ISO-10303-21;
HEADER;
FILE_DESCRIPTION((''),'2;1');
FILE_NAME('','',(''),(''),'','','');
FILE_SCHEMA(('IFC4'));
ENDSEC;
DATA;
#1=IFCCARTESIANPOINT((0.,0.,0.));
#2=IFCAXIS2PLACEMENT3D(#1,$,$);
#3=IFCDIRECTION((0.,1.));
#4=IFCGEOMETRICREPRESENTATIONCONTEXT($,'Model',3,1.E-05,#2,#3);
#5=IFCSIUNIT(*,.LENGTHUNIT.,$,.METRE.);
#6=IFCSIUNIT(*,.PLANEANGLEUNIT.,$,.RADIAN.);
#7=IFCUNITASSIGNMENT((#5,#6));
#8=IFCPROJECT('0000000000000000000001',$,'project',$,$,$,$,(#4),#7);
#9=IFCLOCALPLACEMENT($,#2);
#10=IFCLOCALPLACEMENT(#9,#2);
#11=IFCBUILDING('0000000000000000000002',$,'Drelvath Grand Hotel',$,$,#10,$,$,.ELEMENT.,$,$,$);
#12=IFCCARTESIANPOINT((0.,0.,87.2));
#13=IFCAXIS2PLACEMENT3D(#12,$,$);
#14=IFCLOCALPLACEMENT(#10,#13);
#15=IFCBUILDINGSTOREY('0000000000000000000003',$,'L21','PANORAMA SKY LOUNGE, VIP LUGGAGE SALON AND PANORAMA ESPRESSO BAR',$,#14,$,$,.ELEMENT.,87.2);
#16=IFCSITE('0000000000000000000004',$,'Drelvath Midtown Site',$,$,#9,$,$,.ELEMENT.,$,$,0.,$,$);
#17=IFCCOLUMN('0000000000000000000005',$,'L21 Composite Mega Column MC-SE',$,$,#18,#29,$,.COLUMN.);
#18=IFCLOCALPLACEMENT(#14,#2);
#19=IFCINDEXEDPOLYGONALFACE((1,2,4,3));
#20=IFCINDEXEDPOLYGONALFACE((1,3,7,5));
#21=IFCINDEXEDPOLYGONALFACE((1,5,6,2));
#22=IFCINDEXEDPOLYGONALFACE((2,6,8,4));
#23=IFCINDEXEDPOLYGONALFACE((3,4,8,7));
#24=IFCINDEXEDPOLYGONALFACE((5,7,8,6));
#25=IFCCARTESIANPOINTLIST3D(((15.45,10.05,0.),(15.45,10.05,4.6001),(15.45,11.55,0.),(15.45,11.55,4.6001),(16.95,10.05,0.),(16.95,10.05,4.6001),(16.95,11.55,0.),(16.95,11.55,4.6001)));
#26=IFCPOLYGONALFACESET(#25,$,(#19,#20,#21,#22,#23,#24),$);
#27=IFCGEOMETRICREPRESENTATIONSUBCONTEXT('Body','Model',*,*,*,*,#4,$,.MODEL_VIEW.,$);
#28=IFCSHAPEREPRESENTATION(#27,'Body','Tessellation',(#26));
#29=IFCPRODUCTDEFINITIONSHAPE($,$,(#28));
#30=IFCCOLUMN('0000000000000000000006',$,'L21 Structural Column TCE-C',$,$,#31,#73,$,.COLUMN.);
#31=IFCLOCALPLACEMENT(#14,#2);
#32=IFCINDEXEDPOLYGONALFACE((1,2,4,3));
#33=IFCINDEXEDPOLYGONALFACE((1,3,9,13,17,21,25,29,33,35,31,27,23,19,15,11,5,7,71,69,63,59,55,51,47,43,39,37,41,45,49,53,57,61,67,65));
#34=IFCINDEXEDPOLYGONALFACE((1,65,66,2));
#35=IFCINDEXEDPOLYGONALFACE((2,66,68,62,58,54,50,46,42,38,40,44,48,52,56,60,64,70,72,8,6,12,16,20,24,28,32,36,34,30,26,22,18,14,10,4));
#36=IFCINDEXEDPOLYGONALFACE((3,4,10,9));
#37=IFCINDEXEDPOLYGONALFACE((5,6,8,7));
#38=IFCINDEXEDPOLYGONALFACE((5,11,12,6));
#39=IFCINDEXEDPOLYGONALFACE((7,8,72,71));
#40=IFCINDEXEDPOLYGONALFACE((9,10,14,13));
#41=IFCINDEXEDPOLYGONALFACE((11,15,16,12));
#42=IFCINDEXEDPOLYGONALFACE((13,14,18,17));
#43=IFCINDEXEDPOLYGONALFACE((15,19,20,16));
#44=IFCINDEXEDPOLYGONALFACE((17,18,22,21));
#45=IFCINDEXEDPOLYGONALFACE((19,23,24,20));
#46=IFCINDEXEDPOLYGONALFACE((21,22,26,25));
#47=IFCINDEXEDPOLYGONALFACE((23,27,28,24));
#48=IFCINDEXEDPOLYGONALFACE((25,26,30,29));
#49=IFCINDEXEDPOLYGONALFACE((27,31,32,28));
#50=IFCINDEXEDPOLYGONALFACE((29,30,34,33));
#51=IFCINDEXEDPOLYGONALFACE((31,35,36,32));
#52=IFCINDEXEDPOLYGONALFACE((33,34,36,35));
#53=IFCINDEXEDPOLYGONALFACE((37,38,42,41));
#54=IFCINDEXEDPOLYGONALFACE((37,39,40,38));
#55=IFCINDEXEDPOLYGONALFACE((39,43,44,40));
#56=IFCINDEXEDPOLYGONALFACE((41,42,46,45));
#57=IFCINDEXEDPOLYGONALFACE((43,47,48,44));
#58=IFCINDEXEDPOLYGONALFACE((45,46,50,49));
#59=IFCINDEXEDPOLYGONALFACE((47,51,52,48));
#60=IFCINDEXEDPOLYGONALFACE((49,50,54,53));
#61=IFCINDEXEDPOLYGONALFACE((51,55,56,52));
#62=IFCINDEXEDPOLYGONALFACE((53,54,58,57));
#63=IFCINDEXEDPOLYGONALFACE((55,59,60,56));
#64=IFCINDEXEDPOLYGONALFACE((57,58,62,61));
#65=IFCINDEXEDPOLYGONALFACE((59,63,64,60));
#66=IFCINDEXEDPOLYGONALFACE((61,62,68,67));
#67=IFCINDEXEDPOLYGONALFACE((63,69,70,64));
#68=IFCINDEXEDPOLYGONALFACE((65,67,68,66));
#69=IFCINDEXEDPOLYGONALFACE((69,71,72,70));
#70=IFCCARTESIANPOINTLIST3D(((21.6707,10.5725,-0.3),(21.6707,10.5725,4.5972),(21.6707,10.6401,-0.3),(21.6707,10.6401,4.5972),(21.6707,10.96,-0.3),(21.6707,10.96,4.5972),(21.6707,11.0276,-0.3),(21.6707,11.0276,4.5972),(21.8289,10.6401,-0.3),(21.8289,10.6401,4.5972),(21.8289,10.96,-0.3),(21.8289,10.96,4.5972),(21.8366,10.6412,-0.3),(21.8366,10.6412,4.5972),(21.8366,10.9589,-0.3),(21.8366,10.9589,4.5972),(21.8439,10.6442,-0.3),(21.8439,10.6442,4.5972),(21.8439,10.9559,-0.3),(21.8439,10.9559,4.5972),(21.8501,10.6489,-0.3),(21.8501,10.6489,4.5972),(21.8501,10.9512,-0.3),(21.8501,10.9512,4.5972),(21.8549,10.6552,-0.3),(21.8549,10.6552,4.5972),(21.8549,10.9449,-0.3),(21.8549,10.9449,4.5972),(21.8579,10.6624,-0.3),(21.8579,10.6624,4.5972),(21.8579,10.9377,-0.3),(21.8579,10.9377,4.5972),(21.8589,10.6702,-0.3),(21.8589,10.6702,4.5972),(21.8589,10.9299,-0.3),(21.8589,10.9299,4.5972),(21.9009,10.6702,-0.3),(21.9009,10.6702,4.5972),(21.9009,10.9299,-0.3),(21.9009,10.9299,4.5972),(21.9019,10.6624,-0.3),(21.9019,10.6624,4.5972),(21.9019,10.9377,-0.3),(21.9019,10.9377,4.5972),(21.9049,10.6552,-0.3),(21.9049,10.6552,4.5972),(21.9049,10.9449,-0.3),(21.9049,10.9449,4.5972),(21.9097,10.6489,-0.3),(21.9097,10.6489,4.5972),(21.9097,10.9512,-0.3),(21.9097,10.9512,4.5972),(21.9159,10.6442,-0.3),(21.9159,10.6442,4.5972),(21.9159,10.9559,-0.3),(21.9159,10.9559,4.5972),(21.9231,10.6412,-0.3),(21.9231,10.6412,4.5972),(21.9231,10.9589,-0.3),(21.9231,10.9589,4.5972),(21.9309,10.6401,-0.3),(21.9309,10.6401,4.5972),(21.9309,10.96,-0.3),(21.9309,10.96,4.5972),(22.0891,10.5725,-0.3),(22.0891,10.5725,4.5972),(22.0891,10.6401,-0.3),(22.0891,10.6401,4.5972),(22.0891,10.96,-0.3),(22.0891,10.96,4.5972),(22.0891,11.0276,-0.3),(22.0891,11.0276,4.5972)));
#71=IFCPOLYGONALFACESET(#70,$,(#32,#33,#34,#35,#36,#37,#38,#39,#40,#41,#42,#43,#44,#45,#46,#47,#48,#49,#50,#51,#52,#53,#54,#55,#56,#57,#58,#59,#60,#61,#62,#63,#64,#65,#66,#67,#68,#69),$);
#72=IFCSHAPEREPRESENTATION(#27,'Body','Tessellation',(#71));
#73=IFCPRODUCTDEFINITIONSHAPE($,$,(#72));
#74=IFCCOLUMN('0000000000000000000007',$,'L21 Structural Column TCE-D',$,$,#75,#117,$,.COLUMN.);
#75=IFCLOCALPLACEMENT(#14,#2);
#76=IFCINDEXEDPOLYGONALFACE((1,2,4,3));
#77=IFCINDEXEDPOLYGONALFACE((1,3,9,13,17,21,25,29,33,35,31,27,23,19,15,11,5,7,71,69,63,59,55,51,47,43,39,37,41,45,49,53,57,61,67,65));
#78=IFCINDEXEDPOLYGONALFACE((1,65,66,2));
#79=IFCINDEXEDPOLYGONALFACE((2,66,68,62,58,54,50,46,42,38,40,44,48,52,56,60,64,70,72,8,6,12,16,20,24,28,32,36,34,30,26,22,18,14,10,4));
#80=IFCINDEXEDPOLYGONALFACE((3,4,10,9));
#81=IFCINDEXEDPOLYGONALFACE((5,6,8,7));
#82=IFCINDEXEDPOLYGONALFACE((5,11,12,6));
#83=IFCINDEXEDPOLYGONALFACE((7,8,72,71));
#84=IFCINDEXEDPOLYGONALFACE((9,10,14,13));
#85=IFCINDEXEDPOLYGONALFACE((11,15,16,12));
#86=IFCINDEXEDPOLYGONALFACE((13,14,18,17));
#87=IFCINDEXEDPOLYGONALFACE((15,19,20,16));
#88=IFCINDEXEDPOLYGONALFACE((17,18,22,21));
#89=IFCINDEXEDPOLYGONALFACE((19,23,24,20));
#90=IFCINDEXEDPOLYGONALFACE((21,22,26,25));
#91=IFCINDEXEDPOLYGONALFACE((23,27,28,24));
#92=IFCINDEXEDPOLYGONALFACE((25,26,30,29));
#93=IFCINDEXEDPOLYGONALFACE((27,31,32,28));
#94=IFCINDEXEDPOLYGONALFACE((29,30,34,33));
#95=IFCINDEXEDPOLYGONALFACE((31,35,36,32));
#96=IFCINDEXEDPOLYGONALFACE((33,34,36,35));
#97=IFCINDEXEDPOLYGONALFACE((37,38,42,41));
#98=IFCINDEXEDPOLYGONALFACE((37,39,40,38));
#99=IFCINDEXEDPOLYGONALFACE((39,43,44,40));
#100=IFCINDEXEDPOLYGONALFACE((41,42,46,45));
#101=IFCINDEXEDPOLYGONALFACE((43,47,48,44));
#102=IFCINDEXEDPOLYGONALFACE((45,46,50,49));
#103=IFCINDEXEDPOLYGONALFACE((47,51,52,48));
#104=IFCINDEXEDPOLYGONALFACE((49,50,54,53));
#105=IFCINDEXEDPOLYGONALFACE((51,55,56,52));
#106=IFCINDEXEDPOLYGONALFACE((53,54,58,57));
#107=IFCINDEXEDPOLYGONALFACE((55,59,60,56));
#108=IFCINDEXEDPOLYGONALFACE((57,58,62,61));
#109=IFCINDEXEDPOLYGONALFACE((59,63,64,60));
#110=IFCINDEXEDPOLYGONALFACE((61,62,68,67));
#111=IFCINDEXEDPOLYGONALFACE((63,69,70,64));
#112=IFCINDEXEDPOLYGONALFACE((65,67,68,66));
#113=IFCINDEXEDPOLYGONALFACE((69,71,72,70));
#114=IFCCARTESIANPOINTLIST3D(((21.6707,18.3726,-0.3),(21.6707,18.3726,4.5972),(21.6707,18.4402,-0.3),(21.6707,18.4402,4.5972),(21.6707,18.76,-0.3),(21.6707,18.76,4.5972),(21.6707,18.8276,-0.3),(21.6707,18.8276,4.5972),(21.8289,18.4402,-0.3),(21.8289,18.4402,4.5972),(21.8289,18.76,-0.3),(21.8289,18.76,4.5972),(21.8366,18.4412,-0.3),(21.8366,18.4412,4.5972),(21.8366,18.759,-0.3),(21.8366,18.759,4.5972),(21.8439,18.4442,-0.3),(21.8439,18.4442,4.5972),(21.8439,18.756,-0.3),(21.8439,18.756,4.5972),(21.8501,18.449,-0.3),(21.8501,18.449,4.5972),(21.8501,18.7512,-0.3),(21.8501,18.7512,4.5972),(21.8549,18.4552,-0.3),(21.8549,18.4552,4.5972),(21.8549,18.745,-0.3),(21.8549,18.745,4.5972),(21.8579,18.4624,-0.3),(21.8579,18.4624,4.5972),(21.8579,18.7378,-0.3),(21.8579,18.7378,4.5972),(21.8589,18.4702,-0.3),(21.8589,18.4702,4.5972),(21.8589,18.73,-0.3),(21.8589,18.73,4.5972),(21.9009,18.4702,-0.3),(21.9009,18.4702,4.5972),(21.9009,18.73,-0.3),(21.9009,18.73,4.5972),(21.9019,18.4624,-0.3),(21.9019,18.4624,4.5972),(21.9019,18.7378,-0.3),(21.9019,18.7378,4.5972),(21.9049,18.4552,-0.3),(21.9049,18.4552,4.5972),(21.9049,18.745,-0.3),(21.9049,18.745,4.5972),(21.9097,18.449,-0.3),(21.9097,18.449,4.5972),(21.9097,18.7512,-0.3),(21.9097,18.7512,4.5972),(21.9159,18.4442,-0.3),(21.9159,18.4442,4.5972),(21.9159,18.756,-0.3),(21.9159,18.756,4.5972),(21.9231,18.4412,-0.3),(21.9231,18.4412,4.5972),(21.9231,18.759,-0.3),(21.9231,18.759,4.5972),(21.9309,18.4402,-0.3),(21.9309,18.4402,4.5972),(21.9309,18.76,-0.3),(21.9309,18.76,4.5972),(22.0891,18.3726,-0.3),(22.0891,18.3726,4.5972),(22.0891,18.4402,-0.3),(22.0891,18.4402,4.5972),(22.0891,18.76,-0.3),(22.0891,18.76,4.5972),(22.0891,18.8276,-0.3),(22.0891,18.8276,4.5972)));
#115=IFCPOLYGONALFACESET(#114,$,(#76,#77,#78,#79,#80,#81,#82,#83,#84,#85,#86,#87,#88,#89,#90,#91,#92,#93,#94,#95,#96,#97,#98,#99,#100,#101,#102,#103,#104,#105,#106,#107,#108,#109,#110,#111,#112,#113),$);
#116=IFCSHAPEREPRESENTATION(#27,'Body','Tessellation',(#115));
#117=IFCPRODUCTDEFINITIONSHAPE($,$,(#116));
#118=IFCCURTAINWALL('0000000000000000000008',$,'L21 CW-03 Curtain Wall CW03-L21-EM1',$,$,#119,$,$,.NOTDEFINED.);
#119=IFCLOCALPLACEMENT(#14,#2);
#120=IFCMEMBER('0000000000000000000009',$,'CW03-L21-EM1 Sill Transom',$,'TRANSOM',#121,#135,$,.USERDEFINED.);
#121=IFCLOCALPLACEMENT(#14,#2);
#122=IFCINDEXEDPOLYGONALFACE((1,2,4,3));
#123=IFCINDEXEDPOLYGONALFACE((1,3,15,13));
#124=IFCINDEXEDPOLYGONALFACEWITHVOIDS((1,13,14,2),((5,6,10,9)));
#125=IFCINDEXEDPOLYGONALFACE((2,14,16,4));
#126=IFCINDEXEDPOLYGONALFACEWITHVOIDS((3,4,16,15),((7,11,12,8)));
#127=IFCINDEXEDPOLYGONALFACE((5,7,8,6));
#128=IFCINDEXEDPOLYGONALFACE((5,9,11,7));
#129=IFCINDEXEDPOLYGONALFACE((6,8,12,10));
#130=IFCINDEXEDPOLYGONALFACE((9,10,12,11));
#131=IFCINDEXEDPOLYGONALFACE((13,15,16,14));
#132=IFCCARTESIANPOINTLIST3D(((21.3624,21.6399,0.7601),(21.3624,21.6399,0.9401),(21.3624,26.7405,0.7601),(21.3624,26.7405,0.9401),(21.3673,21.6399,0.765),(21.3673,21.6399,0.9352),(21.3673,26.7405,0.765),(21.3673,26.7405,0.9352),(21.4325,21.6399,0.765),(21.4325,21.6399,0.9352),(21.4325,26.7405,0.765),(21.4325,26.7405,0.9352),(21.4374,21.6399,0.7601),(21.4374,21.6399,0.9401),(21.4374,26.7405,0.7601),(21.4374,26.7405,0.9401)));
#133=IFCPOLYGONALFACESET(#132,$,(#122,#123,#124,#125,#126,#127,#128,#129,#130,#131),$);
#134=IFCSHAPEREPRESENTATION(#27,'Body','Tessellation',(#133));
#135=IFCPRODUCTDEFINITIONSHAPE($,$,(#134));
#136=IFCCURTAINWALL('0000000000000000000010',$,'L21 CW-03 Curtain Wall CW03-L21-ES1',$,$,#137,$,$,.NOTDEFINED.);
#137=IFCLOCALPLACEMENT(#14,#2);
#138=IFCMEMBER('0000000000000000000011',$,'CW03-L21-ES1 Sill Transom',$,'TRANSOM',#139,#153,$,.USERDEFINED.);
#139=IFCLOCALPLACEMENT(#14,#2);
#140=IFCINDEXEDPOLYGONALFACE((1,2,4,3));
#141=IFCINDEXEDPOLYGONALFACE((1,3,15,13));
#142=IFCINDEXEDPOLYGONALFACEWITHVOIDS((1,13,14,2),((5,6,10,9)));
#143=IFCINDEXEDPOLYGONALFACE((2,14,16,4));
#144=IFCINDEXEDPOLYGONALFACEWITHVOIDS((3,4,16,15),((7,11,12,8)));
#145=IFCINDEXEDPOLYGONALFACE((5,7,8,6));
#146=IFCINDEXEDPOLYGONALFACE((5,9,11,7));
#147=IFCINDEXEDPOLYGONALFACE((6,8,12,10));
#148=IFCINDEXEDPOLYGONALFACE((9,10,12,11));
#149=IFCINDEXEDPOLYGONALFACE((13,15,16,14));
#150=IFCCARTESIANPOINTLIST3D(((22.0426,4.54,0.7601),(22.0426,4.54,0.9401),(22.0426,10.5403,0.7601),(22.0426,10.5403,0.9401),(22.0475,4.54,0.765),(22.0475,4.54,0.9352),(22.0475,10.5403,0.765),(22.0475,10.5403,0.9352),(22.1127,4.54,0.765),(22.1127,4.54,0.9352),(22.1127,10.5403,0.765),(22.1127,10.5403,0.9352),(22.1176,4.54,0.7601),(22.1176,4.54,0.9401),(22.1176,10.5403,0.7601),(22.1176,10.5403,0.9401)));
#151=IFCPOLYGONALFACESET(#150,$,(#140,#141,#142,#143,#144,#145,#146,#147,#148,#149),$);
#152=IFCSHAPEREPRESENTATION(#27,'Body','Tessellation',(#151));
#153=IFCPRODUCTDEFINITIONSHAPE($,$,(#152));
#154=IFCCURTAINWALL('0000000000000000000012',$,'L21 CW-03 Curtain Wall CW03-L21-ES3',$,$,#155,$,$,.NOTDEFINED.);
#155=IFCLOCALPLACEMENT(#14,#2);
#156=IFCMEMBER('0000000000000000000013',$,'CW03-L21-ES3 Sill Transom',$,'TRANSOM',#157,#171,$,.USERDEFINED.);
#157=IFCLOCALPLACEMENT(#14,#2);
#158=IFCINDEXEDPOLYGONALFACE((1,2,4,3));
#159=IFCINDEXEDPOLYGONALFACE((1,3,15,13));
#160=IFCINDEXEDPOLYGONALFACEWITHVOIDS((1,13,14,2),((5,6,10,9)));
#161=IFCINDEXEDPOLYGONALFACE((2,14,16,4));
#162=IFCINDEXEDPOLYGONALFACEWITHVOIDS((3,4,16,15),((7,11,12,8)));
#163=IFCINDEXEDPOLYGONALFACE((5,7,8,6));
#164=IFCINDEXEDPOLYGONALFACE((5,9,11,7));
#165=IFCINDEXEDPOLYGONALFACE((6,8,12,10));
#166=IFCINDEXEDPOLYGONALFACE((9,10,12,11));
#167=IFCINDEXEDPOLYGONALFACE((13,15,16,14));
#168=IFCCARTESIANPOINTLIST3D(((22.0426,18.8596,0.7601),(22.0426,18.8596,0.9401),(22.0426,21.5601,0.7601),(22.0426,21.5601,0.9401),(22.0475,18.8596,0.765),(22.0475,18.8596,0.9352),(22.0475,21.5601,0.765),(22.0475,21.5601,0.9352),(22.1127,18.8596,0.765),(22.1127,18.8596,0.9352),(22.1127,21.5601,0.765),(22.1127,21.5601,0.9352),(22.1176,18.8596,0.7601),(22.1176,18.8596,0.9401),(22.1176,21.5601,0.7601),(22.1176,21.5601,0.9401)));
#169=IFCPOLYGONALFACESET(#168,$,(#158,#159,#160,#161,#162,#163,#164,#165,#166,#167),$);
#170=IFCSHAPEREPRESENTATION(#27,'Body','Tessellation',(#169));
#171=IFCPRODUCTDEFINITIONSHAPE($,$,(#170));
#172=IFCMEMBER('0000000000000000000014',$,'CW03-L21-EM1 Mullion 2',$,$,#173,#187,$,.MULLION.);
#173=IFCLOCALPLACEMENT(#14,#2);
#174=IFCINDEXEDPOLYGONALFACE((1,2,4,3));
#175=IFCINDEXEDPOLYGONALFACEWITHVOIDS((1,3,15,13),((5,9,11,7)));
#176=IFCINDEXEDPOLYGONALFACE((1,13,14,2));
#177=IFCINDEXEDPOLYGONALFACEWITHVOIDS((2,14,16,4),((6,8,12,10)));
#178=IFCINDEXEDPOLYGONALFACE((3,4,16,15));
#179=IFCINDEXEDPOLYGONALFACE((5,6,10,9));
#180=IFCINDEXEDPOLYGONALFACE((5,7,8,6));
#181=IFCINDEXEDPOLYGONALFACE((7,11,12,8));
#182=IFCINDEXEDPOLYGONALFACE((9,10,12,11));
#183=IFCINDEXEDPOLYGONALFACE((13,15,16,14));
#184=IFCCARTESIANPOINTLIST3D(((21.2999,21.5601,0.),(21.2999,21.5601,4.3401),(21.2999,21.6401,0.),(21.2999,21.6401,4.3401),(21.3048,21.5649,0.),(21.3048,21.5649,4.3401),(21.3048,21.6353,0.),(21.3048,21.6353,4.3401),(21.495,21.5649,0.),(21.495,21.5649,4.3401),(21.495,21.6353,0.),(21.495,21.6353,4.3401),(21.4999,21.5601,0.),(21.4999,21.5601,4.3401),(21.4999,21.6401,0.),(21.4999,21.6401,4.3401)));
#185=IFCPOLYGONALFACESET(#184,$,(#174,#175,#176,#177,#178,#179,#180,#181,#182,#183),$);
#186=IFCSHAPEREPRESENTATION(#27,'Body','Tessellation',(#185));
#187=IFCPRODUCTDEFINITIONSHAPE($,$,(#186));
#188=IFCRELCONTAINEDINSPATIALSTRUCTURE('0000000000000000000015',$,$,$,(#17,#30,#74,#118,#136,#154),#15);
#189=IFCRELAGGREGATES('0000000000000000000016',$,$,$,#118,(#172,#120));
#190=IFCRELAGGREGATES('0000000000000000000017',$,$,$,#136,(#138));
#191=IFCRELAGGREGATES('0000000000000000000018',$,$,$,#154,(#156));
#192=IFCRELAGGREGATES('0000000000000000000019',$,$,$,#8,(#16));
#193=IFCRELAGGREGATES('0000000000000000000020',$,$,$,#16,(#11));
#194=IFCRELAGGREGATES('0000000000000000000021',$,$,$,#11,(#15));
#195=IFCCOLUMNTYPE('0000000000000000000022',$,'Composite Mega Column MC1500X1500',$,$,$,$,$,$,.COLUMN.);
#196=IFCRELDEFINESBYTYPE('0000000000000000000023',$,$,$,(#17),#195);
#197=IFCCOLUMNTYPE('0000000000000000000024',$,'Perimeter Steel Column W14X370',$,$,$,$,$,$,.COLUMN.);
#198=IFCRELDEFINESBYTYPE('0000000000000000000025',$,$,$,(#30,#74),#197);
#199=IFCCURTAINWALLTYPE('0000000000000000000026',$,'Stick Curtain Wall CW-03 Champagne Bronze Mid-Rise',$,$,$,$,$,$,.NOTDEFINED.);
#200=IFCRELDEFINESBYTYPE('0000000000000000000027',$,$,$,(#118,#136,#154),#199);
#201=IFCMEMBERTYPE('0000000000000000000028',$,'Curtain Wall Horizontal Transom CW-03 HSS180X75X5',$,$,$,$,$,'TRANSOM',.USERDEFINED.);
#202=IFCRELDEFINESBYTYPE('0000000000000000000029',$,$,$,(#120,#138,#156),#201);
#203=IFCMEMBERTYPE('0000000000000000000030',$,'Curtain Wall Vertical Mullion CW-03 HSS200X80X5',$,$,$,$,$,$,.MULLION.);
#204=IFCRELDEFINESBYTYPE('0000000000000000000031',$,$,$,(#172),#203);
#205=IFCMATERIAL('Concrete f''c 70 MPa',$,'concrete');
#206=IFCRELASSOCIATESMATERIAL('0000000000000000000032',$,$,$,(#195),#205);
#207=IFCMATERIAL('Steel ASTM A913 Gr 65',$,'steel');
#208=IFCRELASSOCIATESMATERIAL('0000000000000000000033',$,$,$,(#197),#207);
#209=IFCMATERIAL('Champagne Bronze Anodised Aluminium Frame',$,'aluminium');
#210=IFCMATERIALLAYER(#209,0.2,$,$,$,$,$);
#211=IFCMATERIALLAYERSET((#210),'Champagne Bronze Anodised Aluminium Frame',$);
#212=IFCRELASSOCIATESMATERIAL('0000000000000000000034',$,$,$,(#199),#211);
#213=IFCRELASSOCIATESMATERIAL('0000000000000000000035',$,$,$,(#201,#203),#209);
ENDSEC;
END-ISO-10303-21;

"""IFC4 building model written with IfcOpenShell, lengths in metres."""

from ifc_helpers import new_model, si_unit, direction, frame, origin, origin_2d, place, context, subcontext, project, spatial, rectangle, hollow_rectangle, i_section, extrude, material, layer, layer_set, material_profile, profile_set, type_object, element, aggregate, save


model = new_model("IFC4")

# Units and contexts
model_context = context("Model", 3, precision=1e-05, world=origin(), true_north=direction((0.0, 1.0)))
body_context = subcontext(model_context, "Body", "Model", "MODEL_VIEW")
ifc_project = project(units=[si_unit("LENGTHUNIT", "METRE"), si_unit("PLANEANGLEUNIT", "RADIAN")], contexts=[model_context])

# Site, building, storey
site_placement = place(None, origin())
site = spatial("IfcSite", under=ifc_project, at=site_placement, Name="Drelvath Midtown Site", CompositionType="ELEMENT", RefElevation=0.0)
building_placement = place(site_placement, origin())
building = spatial("IfcBuilding", under=site, at=building_placement, Name="Drelvath Grand Hotel", CompositionType="ELEMENT")
storey_placement = place(building_placement, frame((0.0, 0.0, 87.2)))
storey = spatial("IfcBuildingStorey", under=building, at=storey_placement, Name="L21", Description="PANORAMA SKY LOUNGE, VIP LUGGAGE SALON AND PANORAMA ESPRESSO BAR", CompositionType="ELEMENT", Elevation=87.2)

# Columns
ifc_material_1 = material(Name="Concrete f'c 70 MPa", Category="concrete")
ifc_material_profile_1 = material_profile(ifc_material_1, rectangle(XDim=1.5, YDim=1.5, at=origin_2d()), Name="MC1500X1500")
ifc_profile_set_1 = profile_set([ifc_material_profile_1], Name="Concrete f'c 70 MPa")
column_type_1 = type_object("IfcColumnType", Name="Composite Mega Column MC1500X1500", PredefinedType="COLUMN", material=ifc_profile_set_1)
column_placement = place(storey_placement, frame((16.2, 10.8, 0.0), z_axis=(0.0, 0.0, 1.0), x_axis=(1.0, 0.0, 0.0)))
element("IfcColumn", 1, at=column_placement, inside=storey, type_object=column_type_1, Name="L21 Composite Mega Column MC-SE", PredefinedType="COLUMN", context=body_context, shape_type="SweptSolid", body=[
    extrude(rectangle(XDim=1.5, YDim=1.5, at=origin_2d()), origin(), (0.0, 0.0, 1.0), 4.6001),
])
ifc_material_2 = material(Name="Steel ASTM A913 Gr 65", Category="steel")
ifc_material_profile_2 = material_profile(ifc_material_2, i_section(OverallWidth=0.4185, OverallDepth=0.4551, WebThickness=0.042, FlangeThickness=0.0676, FilletRadius=0.03, at=origin_2d()), Name="W14X370")
ifc_profile_set_2 = profile_set([ifc_material_profile_2], Name="Steel ASTM A913 Gr 65")
column_type_2 = type_object("IfcColumnType", Name="Perimeter Steel Column W14X370", PredefinedType="COLUMN", material=ifc_profile_set_2)
for number, where, z_axis, x_axis, name in (
    (2, (21.8799, 10.8, -0.3), (0.0, 0.0, 1.0), (1.0, 0.0, 0.0), "L21 Structural Column TCE-C"),
    (3, (21.8799, 18.6001, -0.3), (0.0, 0.0, 1.0), (1.0, 0.0, 0.0), "L21 Structural Column TCE-D"),
):
    element("IfcColumn", number, at=place(storey_placement, frame(where, z_axis=z_axis, x_axis=x_axis)), inside=storey, type_object=column_type_2, Name=name, PredefinedType="COLUMN", context=body_context, shape_type="SweptSolid", body=[
        extrude(i_section(OverallWidth=0.4185, OverallDepth=0.4551, WebThickness=0.042, FlangeThickness=0.0676, FilletRadius=0.03, at=origin_2d()), origin(), (0.0, 0.0, 1.0), 4.8972),
    ])

# Curtain walls, members
ifc_material_3 = material(Name="Champagne Bronze Anodised Aluminium Frame", Category="aluminium")
ifc_layer_1 = layer(ifc_material_3, 0.2)
ifc_layer_set_1 = layer_set([ifc_layer_1], Name="Champagne Bronze Anodised Aluminium Frame")
curtain_wall_type = type_object("IfcCurtainWallType", Name="Stick Curtain Wall CW-03 Champagne Bronze Mid-Rise", PredefinedType="NOTDEFINED", material=ifc_layer_set_1)
curtain_wall_1_placement = place(storey_placement, origin())
curtain_wall_1 = element("IfcCurtainWall", 4, at=curtain_wall_1_placement, inside=storey, type_object=curtain_wall_type, Name="L21 CW-03 Curtain Wall CW03-L21-EM1", PredefinedType="NOTDEFINED")
ifc_material_profile_3 = material_profile(ifc_material_3, hollow_rectangle(XDim=0.075, YDim=0.1799, WallThickness=0.0049, at=origin_2d()), Name="HSS180X75X5")
ifc_profile_set_3 = profile_set([ifc_material_profile_3], Name="Champagne Bronze Anodised Aluminium Frame")
member_type_1 = type_object("IfcMemberType", Name="Curtain Wall Horizontal Transom CW-03 HSS180X75X5", ElementType="TRANSOM", PredefinedType="USERDEFINED", material=ifc_profile_set_3)
member_1_placement = place(storey_placement, frame((21.3999, 26.7405, 0.8501), z_axis=(0.0, -1.0, 0.0), x_axis=(1.0, 0.0, 0.0)))
member_1 = element("IfcMember", 5, at=member_1_placement, type_object=member_type_1, Name="CW03-L21-EM1 Sill Transom", ObjectType="TRANSOM", PredefinedType="USERDEFINED", context=body_context, shape_type="SweptSolid", body=[
    extrude(hollow_rectangle(XDim=0.075, YDim=0.1799, WallThickness=0.0049, at=origin_2d()), origin(), (0.0, 0.0, 1.0), 5.1006),
])
curtain_wall_2_placement = place(storey_placement, origin())
curtain_wall_2 = element("IfcCurtainWall", 6, at=curtain_wall_2_placement, inside=storey, type_object=curtain_wall_type, Name="L21 CW-03 Curtain Wall CW03-L21-ES1", PredefinedType="NOTDEFINED")
member_2_placement = place(storey_placement, frame((22.0801, 10.5403, 0.8501), z_axis=(0.0, -1.0, 0.0), x_axis=(1.0, 0.0, 0.0)))
member_2 = element("IfcMember", 7, at=member_2_placement, type_object=member_type_1, Name="CW03-L21-ES1 Sill Transom", ObjectType="TRANSOM", PredefinedType="USERDEFINED", context=body_context, shape_type="SweptSolid", body=[
    extrude(hollow_rectangle(XDim=0.075, YDim=0.1799, WallThickness=0.0049, at=origin_2d()), origin(), (0.0, 0.0, 1.0), 6.0002),
])
curtain_wall_3_placement = place(storey_placement, origin())
curtain_wall_3 = element("IfcCurtainWall", 8, at=curtain_wall_3_placement, inside=storey, type_object=curtain_wall_type, Name="L21 CW-03 Curtain Wall CW03-L21-ES3", PredefinedType="NOTDEFINED")
member_3_placement = place(storey_placement, frame((22.0801, 21.5601, 0.8501), z_axis=(0.0, -1.0, 0.0), x_axis=(1.0, 0.0, 0.0)))
member_3 = element("IfcMember", 9, at=member_3_placement, type_object=member_type_1, Name="CW03-L21-ES3 Sill Transom", ObjectType="TRANSOM", PredefinedType="USERDEFINED", context=body_context, shape_type="SweptSolid", body=[
    extrude(hollow_rectangle(XDim=0.075, YDim=0.1799, WallThickness=0.0049, at=origin_2d()), origin(), (0.0, 0.0, 1.0), 2.7004),
])

# Member
ifc_material_profile_4 = material_profile(ifc_material_3, hollow_rectangle(XDim=0.0801, YDim=0.2, WallThickness=0.0049, at=origin_2d()), Name="HSS200X80X5")
ifc_profile_set_4 = profile_set([ifc_material_profile_4], Name="Champagne Bronze Anodised Aluminium Frame")
member_type_2 = type_object("IfcMemberType", Name="Curtain Wall Vertical Mullion CW-03 HSS200X80X5", PredefinedType="MULLION", material=ifc_profile_set_4)
member_4_placement = place(storey_placement, frame((21.3999, 21.6001, 0.0), z_axis=(0.0, 0.0, 1.0), x_axis=(0.0, 1.0, 0.0)))
member_4 = element("IfcMember", 10, at=member_4_placement, type_object=member_type_2, Name="CW03-L21-EM1 Mullion 2", PredefinedType="MULLION", context=body_context, shape_type="SweptSolid", body=[
    extrude(hollow_rectangle(XDim=0.0801, YDim=0.2, WallThickness=0.0049, at=origin_2d()), origin(), (0.0, 0.0, 1.0), 4.3401),
])

aggregate(curtain_wall_1, [member_4, member_1])
aggregate(curtain_wall_2, [member_2])
aggregate(curtain_wall_3, [member_3])

save(model, "model.ifc")
